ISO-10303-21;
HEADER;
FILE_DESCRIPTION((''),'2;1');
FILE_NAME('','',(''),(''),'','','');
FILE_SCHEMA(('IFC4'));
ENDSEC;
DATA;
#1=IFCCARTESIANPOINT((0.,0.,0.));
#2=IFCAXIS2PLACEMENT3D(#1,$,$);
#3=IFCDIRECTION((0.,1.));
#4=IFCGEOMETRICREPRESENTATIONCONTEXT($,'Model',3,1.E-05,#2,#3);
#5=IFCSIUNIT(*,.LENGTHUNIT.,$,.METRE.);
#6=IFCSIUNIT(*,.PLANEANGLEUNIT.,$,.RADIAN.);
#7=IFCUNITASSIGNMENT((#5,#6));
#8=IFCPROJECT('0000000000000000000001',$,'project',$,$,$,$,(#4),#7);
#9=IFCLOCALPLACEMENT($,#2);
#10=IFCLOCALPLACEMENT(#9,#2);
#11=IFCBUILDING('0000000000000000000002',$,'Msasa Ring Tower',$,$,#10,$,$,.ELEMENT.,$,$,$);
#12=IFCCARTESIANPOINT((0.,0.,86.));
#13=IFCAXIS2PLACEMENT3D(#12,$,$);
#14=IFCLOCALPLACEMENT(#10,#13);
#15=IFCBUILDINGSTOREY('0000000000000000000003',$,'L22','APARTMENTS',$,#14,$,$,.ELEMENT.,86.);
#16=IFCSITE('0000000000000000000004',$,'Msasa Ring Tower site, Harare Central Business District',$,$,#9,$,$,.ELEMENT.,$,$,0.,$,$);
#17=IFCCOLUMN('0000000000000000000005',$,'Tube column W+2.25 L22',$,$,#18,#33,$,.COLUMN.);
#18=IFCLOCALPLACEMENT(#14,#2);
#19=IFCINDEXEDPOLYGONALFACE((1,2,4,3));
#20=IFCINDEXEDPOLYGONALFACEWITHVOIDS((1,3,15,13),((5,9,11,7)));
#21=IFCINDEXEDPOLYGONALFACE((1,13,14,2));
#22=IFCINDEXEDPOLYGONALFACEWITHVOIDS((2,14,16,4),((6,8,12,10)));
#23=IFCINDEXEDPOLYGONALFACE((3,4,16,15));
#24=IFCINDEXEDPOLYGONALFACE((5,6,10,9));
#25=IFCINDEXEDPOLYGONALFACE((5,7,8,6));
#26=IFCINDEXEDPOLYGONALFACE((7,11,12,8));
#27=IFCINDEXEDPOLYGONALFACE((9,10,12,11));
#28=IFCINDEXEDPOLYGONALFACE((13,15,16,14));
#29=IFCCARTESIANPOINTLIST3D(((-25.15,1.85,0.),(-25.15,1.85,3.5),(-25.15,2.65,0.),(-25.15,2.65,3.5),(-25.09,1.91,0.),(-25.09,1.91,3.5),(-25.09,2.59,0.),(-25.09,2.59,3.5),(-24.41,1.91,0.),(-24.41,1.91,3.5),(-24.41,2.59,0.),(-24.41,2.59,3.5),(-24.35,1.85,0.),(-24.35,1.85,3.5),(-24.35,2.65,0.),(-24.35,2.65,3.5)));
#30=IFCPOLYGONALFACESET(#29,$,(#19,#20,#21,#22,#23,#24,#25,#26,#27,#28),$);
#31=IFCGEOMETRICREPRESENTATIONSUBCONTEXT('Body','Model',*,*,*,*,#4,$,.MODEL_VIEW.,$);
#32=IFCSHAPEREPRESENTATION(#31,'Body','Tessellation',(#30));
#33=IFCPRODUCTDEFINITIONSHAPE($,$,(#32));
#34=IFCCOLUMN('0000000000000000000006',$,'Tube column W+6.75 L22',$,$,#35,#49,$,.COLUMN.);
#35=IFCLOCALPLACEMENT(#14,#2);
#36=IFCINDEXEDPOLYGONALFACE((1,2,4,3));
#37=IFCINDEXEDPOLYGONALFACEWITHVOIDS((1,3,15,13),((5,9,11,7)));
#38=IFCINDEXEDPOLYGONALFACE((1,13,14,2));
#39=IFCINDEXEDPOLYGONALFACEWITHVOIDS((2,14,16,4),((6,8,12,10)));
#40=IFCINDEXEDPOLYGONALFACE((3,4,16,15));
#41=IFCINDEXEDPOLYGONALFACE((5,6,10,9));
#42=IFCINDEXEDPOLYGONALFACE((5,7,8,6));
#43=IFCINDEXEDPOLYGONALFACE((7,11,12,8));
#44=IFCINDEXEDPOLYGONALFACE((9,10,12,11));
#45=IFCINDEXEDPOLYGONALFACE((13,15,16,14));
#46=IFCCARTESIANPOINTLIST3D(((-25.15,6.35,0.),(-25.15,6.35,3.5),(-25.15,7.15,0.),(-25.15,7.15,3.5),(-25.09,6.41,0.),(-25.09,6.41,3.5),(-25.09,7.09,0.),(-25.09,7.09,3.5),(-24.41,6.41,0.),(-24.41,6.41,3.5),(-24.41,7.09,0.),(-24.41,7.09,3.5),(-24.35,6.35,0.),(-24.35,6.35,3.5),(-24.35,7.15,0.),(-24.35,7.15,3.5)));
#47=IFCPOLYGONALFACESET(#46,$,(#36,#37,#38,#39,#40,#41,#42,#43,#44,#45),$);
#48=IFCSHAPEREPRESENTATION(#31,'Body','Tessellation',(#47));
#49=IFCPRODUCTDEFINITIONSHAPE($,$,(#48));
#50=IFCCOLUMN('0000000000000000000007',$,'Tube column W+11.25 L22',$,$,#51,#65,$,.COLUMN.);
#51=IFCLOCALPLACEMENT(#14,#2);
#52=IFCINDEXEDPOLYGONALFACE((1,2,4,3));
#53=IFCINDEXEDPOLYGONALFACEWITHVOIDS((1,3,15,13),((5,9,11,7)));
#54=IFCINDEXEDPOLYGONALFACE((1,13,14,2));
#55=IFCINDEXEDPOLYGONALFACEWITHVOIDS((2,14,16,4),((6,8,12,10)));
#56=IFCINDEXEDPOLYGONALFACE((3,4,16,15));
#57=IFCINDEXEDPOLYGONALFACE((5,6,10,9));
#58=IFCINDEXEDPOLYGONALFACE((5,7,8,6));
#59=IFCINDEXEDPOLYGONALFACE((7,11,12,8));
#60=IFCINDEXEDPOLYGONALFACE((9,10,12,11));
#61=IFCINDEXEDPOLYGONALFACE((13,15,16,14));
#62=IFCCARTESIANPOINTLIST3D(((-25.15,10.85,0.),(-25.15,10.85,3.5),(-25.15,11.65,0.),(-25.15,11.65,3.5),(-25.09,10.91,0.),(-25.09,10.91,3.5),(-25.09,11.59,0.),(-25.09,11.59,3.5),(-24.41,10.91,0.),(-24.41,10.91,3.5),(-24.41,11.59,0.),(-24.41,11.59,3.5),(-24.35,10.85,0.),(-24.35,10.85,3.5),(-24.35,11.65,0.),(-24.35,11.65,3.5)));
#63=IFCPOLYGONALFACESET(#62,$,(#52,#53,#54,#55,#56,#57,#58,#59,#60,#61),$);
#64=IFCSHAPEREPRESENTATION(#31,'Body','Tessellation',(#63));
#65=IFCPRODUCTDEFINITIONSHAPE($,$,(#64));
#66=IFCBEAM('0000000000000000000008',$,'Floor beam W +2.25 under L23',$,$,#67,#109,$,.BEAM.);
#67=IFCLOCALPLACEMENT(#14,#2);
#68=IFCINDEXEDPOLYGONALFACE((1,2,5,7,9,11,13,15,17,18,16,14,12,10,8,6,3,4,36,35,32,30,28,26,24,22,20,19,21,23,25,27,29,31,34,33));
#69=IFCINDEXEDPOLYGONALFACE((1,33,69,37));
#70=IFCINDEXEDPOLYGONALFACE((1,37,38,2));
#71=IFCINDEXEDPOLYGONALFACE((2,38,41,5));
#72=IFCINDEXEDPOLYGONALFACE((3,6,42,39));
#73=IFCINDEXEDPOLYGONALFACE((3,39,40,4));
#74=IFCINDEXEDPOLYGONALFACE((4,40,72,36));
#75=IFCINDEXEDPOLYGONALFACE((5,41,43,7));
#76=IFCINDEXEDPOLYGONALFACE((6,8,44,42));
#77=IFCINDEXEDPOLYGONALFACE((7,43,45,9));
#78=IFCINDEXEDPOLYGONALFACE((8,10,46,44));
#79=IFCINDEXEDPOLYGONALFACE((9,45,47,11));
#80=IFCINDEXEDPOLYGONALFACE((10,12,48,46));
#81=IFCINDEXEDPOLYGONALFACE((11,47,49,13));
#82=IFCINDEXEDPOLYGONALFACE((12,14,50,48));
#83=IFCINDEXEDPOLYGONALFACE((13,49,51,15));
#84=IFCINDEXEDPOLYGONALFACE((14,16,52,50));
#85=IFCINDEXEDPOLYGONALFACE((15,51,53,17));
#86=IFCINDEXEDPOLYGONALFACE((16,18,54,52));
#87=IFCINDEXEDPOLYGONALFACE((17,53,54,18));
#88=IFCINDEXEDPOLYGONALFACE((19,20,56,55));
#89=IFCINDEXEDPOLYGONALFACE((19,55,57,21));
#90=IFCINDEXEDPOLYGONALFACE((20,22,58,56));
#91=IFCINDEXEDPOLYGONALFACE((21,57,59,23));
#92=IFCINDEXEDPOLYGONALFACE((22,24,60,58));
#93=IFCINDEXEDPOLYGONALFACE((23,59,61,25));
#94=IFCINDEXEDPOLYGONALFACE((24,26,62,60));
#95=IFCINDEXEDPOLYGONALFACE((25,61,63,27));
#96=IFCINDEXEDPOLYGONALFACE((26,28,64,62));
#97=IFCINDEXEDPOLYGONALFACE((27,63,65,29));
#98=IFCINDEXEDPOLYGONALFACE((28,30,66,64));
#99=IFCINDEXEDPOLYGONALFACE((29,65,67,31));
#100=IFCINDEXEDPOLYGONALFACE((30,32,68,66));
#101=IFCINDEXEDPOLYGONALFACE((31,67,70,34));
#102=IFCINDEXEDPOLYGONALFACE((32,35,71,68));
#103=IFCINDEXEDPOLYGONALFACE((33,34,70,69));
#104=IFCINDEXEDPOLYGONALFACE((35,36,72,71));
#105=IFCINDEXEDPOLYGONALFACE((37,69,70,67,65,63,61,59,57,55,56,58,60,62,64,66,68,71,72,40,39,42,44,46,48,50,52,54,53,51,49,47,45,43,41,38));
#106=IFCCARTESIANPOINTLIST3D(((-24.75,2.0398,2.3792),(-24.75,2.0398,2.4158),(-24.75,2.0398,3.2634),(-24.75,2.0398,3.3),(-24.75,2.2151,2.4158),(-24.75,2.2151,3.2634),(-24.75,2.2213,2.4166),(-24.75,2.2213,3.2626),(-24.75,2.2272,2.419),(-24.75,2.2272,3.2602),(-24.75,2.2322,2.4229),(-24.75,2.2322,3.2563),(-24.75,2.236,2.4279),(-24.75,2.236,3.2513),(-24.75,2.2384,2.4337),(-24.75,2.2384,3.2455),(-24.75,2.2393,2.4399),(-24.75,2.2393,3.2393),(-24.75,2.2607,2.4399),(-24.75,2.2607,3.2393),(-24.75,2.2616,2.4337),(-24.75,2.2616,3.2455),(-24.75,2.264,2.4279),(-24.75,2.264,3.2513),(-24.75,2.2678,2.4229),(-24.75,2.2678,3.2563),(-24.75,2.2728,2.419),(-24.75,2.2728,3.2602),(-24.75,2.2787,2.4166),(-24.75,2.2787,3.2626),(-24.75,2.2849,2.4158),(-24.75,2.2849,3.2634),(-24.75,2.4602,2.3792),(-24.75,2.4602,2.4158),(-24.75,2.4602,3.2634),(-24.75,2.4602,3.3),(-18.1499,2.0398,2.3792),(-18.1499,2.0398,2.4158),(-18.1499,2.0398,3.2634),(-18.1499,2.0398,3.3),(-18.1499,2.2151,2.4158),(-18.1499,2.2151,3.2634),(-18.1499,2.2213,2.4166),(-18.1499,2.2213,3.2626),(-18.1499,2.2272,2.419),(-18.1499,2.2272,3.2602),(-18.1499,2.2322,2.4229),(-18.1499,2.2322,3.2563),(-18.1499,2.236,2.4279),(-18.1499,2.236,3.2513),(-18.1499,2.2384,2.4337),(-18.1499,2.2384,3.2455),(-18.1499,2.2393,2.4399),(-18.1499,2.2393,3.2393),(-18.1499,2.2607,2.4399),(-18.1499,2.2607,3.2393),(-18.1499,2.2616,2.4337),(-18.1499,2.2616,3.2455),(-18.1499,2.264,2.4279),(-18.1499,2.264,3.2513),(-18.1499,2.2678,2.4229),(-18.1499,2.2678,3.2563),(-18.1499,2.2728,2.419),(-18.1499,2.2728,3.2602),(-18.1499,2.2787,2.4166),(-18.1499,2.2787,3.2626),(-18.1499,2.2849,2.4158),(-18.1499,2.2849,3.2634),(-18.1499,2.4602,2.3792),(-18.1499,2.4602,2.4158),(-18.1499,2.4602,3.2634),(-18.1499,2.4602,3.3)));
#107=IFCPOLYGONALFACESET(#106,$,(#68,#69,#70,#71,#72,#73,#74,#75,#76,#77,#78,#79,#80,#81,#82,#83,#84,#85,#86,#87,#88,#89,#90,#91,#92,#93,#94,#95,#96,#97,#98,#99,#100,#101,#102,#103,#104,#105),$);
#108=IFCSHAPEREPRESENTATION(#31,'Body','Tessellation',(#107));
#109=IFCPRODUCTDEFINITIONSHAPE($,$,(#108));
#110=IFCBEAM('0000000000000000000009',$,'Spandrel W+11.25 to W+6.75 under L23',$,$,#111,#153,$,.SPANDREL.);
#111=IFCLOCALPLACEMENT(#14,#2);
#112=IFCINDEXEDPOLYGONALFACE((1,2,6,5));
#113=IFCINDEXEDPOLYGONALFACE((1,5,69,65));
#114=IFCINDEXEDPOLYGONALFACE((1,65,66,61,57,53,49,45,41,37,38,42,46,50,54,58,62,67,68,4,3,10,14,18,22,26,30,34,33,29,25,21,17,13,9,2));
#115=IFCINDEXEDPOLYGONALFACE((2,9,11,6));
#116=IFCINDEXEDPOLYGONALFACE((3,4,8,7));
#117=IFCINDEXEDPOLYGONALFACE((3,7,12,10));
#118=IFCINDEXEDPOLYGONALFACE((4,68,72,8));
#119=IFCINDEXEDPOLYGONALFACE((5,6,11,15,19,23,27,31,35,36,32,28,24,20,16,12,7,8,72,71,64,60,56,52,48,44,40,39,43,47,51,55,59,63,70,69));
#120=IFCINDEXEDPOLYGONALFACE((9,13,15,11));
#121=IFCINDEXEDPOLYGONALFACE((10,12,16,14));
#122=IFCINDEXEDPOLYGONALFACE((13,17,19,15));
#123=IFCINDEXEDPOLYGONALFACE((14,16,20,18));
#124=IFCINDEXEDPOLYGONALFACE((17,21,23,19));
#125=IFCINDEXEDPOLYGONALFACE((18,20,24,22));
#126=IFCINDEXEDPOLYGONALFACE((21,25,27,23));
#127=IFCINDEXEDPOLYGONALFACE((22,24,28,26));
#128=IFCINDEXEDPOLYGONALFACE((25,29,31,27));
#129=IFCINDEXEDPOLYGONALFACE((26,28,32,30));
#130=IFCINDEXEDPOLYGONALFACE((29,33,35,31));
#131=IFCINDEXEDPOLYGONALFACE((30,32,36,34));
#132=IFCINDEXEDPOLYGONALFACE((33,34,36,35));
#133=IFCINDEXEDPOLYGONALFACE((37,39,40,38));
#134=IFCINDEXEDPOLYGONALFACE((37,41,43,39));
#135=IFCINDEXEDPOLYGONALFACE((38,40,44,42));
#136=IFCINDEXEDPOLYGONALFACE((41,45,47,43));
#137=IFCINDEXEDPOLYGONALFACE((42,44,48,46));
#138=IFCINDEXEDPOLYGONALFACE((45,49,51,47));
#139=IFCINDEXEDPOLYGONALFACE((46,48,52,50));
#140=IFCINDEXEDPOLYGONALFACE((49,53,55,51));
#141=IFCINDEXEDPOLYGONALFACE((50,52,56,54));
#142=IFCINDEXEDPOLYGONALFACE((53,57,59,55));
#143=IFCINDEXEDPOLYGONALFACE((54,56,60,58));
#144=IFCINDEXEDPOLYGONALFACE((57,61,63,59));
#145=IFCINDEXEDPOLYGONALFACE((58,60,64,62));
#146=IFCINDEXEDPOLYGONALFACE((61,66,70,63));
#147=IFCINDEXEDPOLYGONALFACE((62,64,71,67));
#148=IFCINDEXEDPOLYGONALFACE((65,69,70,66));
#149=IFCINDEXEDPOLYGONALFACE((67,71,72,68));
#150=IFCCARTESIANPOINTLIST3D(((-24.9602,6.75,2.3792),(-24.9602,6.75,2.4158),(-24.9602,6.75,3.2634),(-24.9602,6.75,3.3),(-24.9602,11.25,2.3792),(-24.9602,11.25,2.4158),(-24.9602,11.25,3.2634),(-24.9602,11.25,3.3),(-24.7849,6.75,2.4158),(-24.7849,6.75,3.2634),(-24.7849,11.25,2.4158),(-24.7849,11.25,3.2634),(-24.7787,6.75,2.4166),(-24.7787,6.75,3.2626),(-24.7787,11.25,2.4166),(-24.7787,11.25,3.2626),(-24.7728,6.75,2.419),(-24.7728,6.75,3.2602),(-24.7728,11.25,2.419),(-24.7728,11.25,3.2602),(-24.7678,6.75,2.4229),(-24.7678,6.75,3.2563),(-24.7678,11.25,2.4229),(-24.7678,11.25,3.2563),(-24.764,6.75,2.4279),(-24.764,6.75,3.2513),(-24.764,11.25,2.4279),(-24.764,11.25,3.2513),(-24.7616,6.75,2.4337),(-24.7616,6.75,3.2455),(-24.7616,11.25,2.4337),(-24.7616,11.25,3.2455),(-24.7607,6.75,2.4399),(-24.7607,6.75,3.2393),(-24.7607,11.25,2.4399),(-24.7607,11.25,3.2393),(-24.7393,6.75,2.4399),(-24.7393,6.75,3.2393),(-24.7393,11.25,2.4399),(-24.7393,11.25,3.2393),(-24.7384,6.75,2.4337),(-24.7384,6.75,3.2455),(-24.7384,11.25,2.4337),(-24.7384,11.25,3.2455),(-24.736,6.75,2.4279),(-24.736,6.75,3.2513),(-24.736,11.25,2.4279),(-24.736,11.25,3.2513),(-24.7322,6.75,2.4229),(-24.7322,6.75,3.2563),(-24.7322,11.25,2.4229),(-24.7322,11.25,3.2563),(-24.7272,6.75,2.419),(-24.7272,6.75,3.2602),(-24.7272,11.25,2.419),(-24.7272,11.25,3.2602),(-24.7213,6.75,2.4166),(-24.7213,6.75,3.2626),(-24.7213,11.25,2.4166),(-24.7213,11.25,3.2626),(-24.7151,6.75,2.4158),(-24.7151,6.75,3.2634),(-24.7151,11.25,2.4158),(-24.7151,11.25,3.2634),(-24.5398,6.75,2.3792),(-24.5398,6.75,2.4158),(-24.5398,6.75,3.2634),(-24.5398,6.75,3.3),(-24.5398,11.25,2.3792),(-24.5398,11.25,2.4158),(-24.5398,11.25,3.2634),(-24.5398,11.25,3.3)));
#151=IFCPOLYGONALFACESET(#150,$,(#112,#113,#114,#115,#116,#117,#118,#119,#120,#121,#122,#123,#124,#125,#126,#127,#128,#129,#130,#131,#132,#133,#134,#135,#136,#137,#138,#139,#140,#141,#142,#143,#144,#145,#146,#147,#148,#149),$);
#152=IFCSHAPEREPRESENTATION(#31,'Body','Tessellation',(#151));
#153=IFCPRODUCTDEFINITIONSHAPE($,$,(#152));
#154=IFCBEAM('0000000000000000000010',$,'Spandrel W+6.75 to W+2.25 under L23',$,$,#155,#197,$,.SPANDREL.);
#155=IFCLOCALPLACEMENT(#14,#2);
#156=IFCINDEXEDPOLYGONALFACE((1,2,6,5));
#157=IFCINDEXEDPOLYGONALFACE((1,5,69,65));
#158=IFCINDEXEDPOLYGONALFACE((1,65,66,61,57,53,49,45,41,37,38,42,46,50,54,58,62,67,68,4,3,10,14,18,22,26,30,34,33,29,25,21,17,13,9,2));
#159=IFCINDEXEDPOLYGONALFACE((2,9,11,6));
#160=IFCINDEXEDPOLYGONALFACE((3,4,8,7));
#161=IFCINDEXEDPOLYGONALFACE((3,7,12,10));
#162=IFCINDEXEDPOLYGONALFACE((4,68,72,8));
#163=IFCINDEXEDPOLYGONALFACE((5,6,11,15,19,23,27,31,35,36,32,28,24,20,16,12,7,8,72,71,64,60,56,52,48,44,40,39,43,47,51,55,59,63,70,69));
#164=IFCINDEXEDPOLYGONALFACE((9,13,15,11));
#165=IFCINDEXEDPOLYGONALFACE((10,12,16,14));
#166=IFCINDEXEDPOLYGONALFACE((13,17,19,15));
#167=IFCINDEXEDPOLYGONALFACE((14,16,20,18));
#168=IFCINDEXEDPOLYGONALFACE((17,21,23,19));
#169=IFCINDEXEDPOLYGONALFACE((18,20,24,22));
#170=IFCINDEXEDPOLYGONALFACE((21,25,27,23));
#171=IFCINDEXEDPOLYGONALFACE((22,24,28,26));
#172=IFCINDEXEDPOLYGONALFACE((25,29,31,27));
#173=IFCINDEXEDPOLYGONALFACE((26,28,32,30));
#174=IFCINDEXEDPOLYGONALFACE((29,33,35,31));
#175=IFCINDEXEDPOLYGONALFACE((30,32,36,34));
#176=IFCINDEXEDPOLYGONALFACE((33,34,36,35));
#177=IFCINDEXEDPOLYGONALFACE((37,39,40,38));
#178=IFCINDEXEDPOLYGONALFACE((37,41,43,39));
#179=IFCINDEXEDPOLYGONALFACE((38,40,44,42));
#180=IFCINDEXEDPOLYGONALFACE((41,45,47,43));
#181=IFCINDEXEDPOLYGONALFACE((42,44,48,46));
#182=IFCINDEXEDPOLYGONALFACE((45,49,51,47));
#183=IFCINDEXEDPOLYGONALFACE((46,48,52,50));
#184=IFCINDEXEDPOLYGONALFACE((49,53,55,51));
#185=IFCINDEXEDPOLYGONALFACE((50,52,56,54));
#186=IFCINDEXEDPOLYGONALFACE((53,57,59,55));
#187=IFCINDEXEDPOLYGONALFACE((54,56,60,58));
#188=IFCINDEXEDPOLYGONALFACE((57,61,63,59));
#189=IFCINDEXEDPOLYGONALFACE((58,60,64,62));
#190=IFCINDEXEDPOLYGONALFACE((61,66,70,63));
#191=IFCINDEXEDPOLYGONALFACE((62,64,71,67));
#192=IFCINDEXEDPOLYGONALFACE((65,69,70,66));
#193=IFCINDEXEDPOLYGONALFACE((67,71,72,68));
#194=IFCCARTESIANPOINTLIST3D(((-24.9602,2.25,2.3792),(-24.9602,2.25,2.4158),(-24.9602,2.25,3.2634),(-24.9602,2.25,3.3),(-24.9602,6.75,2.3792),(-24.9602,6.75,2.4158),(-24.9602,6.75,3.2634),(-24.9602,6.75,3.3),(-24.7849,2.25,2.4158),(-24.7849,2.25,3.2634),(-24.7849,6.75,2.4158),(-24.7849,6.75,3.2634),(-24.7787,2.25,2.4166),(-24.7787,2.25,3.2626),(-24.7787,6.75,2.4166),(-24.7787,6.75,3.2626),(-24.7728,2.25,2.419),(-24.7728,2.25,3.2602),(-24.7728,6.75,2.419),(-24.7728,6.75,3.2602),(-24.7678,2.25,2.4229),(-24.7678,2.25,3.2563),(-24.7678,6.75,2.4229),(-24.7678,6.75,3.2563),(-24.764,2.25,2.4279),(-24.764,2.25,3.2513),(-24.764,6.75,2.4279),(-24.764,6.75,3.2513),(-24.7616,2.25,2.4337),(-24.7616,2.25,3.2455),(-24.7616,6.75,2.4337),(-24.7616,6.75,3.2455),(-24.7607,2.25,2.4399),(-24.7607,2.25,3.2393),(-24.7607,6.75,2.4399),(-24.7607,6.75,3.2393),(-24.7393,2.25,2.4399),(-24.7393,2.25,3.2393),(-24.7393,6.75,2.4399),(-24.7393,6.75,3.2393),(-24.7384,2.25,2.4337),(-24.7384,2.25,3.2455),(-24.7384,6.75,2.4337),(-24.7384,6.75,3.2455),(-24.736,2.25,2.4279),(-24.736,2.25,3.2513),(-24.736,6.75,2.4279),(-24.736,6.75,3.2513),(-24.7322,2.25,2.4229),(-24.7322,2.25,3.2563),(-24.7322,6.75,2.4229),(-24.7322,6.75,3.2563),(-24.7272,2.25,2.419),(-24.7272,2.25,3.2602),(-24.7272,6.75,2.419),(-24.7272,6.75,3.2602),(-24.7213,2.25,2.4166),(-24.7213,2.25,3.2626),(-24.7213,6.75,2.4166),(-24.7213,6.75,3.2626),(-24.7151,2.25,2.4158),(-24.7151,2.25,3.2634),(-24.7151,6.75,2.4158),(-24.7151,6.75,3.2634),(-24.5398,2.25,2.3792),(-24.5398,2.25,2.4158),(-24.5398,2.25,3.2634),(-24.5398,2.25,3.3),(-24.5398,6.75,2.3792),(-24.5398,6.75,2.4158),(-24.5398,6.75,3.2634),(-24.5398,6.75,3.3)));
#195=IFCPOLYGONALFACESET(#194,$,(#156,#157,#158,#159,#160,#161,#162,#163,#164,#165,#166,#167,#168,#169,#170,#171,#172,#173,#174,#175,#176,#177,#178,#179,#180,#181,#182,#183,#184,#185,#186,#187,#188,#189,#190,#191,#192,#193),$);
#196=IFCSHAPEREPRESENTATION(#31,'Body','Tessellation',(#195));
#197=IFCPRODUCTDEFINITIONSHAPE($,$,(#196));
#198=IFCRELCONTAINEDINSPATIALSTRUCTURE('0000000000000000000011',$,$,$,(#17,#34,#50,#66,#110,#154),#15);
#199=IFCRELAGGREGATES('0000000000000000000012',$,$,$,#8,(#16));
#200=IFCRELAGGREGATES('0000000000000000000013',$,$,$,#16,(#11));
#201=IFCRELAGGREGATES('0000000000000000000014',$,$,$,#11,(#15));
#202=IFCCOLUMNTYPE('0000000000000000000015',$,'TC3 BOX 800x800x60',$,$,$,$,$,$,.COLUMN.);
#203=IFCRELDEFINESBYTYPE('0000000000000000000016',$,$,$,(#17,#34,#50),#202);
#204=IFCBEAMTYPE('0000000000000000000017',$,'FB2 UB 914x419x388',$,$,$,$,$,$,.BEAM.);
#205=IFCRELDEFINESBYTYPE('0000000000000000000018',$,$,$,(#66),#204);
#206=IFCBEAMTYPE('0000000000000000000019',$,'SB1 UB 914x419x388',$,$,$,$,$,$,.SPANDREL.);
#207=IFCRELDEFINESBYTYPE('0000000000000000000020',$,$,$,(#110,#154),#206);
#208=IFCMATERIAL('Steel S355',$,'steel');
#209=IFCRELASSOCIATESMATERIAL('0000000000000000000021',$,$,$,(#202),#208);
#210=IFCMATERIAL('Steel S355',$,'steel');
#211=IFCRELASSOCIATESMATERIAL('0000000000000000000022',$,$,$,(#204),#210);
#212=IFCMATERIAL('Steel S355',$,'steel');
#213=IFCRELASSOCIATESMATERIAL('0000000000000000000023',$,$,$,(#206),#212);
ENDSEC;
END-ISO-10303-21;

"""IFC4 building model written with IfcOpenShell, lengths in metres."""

from ifc_helpers import new_model, si_unit, direction, frame, origin, origin_2d, place, context, subcontext, project, spatial, hollow_rectangle, i_section, extrude, material, material_profile, profile_set, type_object, element, save


model = new_model("IFC4")

# Units and contexts
model_context = context("Model", 3, precision=1e-05, world=origin(), true_north=direction((0.0, 1.0)))
body_context = subcontext(model_context, "Body", "Model", "MODEL_VIEW")
ifc_project = project(units=[si_unit("LENGTHUNIT", "METRE"), si_unit("PLANEANGLEUNIT", "RADIAN")], contexts=[model_context])

# Site, building, storey
site_placement = place(None, origin())
site = spatial("IfcSite", under=ifc_project, at=site_placement, Name="Msasa Ring Tower site, Harare Central Business District", CompositionType="ELEMENT", RefElevation=0.0)
building_placement = place(site_placement, origin())
building = spatial("IfcBuilding", under=site, at=building_placement, Name="Msasa Ring Tower", CompositionType="ELEMENT")
storey_placement = place(building_placement, frame((0.0, 0.0, 86.0)))
storey = spatial("IfcBuildingStorey", under=building, at=storey_placement, Name="L22", Description="APARTMENTS", CompositionType="ELEMENT", Elevation=86.0)

# Columns
ifc_material_1 = material(Name="Steel S355", Category="steel")
ifc_material_profile_1 = material_profile(ifc_material_1, hollow_rectangle(XDim=0.8, YDim=0.8, WallThickness=0.0601, at=origin_2d()), Name="BOX 800x800x60")
ifc_profile_set_1 = profile_set([ifc_material_profile_1], Name="Steel S355")
column_type = type_object("IfcColumnType", Name="TC3 BOX 800x800x60", PredefinedType="COLUMN", material=ifc_profile_set_1)
for number, where, z_axis, x_axis, name in (
    (1, (-24.75, 2.25, 0.0), (0.0, 0.0, 1.0), (1.0, 0.0, 0.0), "Tube column W+2.25 L22"),
    (2, (-24.75, 6.75, 0.0), (0.0, 0.0, 1.0), (1.0, 0.0, 0.0), "Tube column W+6.75 L22"),
    (3, (-24.75, 11.25, 0.0), (0.0, 0.0, 1.0), (1.0, 0.0, 0.0), "Tube column W+11.25 L22"),
):
    element("IfcColumn", number, at=place(storey_placement, frame(where, z_axis=z_axis, x_axis=x_axis)), inside=storey, type_object=column_type, Name=name, PredefinedType="COLUMN", context=body_context, shape_type="SweptSolid", body=[
        extrude(hollow_rectangle(XDim=0.8, YDim=0.8, WallThickness=0.0601, at=origin_2d()), origin(), (0.0, 0.0, 1.0), 3.5),
    ])

# Beams
ifc_material_2 = material(Name="Steel S355", Category="steel")
ifc_material_profile_2 = material_profile(ifc_material_2, i_section(OverallWidth=0.4204, OverallDepth=0.9209, WebThickness=0.0215, FlangeThickness=0.0366, FilletRadius=0.0242, at=origin_2d()), Name="UB 914x419x388")
ifc_profile_set_2 = profile_set([ifc_material_profile_2], Name="Steel S355")
beam_type_1 = type_object("IfcBeamType", Name="FB2 UB 914x419x388", PredefinedType="BEAM", material=ifc_profile_set_2)
beam_placement = place(storey_placement, frame((-24.75, 2.25, 2.8396), z_axis=(1.0, 0.0, 0.0), x_axis=(0.0, 1.0, 0.0)))
element("IfcBeam", 4, at=beam_placement, inside=storey, type_object=beam_type_1, Name="Floor beam W +2.25 under L23", PredefinedType="BEAM", context=body_context, shape_type="SweptSolid", body=[
    extrude(i_section(OverallWidth=0.4204, OverallDepth=0.9209, WebThickness=0.0215, FlangeThickness=0.0366, FilletRadius=0.0242, at=origin_2d()), origin(), (0.0, 0.0, 1.0), 6.6001),
])
ifc_material_3 = material(Name="Steel S355", Category="steel")
ifc_material_profile_3 = material_profile(ifc_material_3, i_section(OverallWidth=0.4204, OverallDepth=0.9209, WebThickness=0.0215, FlangeThickness=0.0366, FilletRadius=0.0242, at=origin_2d()), Name="UB 914x419x388")
ifc_profile_set_3 = profile_set([ifc_material_profile_3], Name="Steel S355")
beam_type_2 = type_object("IfcBeamType", Name="SB1 UB 914x419x388", PredefinedType="SPANDREL", material=ifc_profile_set_3)
for number, where, z_axis, x_axis, name in (
    (5, (-24.75, 11.25, 2.8396), (0.0, -1.0, 0.0), (1.0, 0.0, 0.0), "Spandrel W+11.25 to W+6.75 under L23"),
    (6, (-24.75, 6.75, 2.8396), (0.0, -1.0, 0.0), (1.0, 0.0, 0.0), "Spandrel W+6.75 to W+2.25 under L23"),
):
    element("IfcBeam", number, at=place(storey_placement, frame(where, z_axis=z_axis, x_axis=x_axis)), inside=storey, type_object=beam_type_2, Name=name, PredefinedType="SPANDREL", context=body_context, shape_type="SweptSolid", body=[
        extrude(i_section(OverallWidth=0.4204, OverallDepth=0.9209, WebThickness=0.0215, FlangeThickness=0.0366, FilletRadius=0.0242, at=origin_2d()), origin(), (0.0, 0.0, 1.0), 4.5),
    ])

save(model, "model.ifc")
